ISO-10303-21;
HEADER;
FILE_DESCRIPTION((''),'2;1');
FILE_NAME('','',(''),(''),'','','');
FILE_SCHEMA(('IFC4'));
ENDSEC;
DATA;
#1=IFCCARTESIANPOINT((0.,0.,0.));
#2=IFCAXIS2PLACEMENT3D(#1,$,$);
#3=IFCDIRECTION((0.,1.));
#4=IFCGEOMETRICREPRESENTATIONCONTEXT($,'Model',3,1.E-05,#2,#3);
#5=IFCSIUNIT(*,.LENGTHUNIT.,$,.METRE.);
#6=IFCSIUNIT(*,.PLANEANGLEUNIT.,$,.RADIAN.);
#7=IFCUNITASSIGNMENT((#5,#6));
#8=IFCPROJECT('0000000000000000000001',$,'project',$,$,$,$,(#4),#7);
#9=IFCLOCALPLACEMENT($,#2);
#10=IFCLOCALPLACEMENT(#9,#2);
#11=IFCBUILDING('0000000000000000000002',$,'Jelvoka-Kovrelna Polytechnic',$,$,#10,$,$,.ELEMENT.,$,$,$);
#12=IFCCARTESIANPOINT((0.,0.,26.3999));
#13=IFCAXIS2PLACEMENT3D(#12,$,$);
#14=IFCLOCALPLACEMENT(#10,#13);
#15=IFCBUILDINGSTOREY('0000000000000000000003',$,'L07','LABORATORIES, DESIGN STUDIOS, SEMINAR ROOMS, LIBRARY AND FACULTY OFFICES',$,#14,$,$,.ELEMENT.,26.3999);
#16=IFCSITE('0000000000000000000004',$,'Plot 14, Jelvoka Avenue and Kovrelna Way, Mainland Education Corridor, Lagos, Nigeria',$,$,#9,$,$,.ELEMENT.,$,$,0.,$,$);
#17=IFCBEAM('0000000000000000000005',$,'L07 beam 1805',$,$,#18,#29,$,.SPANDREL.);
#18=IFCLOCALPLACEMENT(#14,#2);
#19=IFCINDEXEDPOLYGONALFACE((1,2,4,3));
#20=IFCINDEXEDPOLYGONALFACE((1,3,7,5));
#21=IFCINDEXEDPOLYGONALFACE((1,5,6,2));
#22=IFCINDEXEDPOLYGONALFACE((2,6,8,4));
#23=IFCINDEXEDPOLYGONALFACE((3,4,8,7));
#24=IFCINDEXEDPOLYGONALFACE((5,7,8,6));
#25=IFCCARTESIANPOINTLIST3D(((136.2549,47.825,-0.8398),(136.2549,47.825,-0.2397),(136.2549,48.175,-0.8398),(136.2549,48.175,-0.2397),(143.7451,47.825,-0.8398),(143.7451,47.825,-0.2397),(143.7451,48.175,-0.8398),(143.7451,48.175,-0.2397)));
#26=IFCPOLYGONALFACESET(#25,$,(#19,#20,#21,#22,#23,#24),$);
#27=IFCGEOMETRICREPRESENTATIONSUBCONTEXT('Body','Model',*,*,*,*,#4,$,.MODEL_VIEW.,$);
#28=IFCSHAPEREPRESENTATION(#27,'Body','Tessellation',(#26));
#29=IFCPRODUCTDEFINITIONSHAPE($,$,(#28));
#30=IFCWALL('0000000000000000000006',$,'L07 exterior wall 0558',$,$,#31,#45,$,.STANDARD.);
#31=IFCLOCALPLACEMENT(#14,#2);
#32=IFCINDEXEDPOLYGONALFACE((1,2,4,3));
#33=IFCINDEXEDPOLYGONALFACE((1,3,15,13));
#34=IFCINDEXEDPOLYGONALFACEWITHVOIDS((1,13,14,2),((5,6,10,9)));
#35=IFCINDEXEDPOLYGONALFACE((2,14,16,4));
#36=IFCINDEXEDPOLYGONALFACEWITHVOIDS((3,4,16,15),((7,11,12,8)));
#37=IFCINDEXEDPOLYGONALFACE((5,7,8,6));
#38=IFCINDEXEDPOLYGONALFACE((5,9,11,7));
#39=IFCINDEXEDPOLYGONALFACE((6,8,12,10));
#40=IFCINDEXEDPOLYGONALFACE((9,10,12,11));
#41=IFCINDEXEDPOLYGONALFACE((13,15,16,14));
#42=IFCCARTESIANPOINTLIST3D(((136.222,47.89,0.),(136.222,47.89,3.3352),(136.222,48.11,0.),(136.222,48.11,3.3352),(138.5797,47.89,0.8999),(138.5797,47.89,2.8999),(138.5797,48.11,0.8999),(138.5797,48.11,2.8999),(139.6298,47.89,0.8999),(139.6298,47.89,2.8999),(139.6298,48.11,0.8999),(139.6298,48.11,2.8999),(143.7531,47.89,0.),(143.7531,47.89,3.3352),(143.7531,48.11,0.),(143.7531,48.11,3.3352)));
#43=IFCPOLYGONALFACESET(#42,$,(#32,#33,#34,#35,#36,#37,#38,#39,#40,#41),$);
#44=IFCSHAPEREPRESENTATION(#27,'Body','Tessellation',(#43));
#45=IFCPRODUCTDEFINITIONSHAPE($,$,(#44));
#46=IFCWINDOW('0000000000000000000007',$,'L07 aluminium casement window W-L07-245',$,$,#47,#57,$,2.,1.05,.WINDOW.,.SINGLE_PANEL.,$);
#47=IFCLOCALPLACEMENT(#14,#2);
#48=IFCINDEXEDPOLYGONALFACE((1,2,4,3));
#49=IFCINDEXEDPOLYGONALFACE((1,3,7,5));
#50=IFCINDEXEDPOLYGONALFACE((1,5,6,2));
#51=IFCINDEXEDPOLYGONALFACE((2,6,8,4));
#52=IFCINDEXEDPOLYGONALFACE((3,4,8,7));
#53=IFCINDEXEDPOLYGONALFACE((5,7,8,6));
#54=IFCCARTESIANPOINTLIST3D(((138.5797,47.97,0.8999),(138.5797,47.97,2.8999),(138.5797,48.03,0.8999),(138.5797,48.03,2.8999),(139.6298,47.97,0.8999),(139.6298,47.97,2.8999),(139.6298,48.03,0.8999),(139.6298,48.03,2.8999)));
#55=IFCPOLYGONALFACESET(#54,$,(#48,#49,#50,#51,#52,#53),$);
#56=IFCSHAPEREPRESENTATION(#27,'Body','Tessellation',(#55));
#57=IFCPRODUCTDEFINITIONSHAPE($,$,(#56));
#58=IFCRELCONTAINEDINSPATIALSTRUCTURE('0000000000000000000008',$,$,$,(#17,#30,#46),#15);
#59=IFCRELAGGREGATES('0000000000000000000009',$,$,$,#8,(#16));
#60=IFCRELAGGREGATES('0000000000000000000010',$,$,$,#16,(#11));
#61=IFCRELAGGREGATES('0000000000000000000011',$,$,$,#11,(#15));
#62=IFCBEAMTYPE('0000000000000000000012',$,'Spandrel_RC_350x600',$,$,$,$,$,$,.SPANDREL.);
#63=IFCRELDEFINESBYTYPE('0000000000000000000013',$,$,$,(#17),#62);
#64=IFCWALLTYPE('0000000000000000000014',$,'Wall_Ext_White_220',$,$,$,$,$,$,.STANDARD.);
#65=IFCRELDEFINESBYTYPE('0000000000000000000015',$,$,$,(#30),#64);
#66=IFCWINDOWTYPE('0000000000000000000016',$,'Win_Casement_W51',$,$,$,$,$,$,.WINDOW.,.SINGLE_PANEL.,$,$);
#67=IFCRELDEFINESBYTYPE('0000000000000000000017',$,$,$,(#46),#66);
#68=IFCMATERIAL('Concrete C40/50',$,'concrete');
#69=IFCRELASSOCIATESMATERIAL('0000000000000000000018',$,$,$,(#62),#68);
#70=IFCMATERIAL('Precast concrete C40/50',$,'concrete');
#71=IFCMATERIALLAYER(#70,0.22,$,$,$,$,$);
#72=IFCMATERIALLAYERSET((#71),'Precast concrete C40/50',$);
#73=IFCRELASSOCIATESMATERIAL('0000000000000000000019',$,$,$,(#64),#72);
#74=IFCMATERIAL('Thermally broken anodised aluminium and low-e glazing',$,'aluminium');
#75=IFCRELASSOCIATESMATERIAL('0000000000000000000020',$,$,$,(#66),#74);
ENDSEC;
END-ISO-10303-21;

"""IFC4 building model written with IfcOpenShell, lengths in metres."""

from ifc_helpers import new_model, si_unit, direction, frame, frame_2d, origin, origin_2d, place, context, subcontext, project, spatial, rectangle, extrude, material, layer, layer_set, material_profile, profile_set, type_object, element, fill, save


model = new_model("IFC4")

# Units and contexts
model_context = context("Model", 3, precision=1e-05, world=origin(), true_north=direction((0.0, 1.0)))
body_context = subcontext(model_context, "Body", "Model", "MODEL_VIEW")
ifc_project = project(units=[si_unit("LENGTHUNIT", "METRE"), si_unit("PLANEANGLEUNIT", "RADIAN")], contexts=[model_context])

# Site, building, storey
site_placement = place(None, origin())
site = spatial("IfcSite", under=ifc_project, at=site_placement, Name="Plot 14, Jelvoka Avenue and Kovrelna Way, Mainland Education Corridor, Lagos, Nigeria", CompositionType="ELEMENT", RefElevation=0.0)
building_placement = place(site_placement, origin())
building = spatial("IfcBuilding", under=site, at=building_placement, Name="Jelvoka-Kovrelna Polytechnic", CompositionType="ELEMENT")
storey_placement = place(building_placement, frame((0.0, 0.0, 26.3999)))
storey = spatial("IfcBuildingStorey", under=building, at=storey_placement, Name="L07", Description="LABORATORIES, DESIGN STUDIOS, SEMINAR ROOMS, LIBRARY AND FACULTY OFFICES", CompositionType="ELEMENT", Elevation=26.3999)

# Beam
ifc_material_1 = material(Name="Concrete C40/50", Category="concrete")
ifc_material_profile_1 = material_profile(ifc_material_1, rectangle(XDim=0.3501, YDim=0.6001, at=origin_2d()), Name="RC 350x600")
ifc_profile_set_1 = profile_set([ifc_material_profile_1], Name="Concrete C40/50")
beam_type_1 = type_object("IfcBeamType", Name="Spandrel_RC_350x600", PredefinedType="SPANDREL", material=ifc_profile_set_1)
beam_1_placement = place(storey_placement, frame((136.2549, 48.0, -0.5398), z_axis=(1.0, 0.0, 0.0), x_axis=(0.0, 1.0, 0.0)))
element("IfcBeam", 1, at=beam_1_placement, inside=storey, type_object=beam_type_1, Name="L07 beam 1805", PredefinedType="SPANDREL", context=body_context, shape_type="SweptSolid", body=[
    extrude(rectangle(XDim=0.3501, YDim=0.6001, at=origin_2d()), origin(), (0.0, 0.0, 1.0), 7.4902),
])

# Wall, opening, window
ifc_material_2 = material(Name="Precast concrete C40/50", Category="concrete")
ifc_layer_1 = layer(ifc_material_2, 0.22)
ifc_layer_set_1 = layer_set([ifc_layer_1], Name="Precast concrete C40/50")
wall_type = type_object("IfcWallType", Name="Wall_Ext_White_220", PredefinedType="STANDARD", material=ifc_layer_set_1)
wall_placement = place(storey_placement, frame((136.2219, 48.0, 0.0), z_axis=(0.0, 0.0, 1.0), x_axis=(1.0, 0.0, 0.0)))
wall = element("IfcWall", 2, at=wall_placement, inside=storey, type_object=wall_type, Name="L07 exterior wall 0558", PredefinedType="STANDARD", context=body_context, shape_type="SweptSolid", body=[
    extrude(rectangle(XDim=7.531, YDim=0.22, at=frame_2d((3.7656, 0.0))), origin(), (0.0, 0.0, 1.0), 3.3352),
])
opening_placement = place(wall_placement, frame((2.3579, 0.0, 0.8999)))
opening = element("IfcOpeningElement", 3, at=opening_placement, cuts=wall, PredefinedType="OPENING", context=body_context, shape_type="SweptSolid", body=[
    extrude(rectangle(XDim=1.05, YDim=2.0, at=frame_2d((0.5249, 1.0))), frame((0.0, 0.1199, 0.0), z_axis=(0.0, -1.0, 0.0), x_axis=(1.0, 0.0, 0.0)), (0.0, 0.0, 1.0), 0.24),
])
ifc_material_3 = material(Name="Thermally broken anodised aluminium and low-e glazing", Category="aluminium")
window_type = type_object("IfcWindowType", Name="Win_Casement_W51", PartitioningType="SINGLE_PANEL", PredefinedType="WINDOW", material=ifc_material_3)
window_placement = place(opening_placement, origin())
window = element("IfcWindow", 4, at=window_placement, inside=storey, type_object=window_type, Name="L07 aluminium casement window W-L07-245", OverallHeight=2.0, OverallWidth=1.05, PartitioningType="SINGLE_PANEL", PredefinedType="WINDOW", context=body_context, shape_type="SweptSolid", body=[
    extrude(rectangle(XDim=1.05, YDim=2.0, at=frame_2d((0.5249, 1.0))), frame((0.0, 0.03, 0.0), z_axis=(0.0, -1.0, 0.0), x_axis=(1.0, 0.0, 0.0)), (0.0, 0.0, 1.0), 0.0601),
])
fill(opening, window)

save(model, "model.ifc")
